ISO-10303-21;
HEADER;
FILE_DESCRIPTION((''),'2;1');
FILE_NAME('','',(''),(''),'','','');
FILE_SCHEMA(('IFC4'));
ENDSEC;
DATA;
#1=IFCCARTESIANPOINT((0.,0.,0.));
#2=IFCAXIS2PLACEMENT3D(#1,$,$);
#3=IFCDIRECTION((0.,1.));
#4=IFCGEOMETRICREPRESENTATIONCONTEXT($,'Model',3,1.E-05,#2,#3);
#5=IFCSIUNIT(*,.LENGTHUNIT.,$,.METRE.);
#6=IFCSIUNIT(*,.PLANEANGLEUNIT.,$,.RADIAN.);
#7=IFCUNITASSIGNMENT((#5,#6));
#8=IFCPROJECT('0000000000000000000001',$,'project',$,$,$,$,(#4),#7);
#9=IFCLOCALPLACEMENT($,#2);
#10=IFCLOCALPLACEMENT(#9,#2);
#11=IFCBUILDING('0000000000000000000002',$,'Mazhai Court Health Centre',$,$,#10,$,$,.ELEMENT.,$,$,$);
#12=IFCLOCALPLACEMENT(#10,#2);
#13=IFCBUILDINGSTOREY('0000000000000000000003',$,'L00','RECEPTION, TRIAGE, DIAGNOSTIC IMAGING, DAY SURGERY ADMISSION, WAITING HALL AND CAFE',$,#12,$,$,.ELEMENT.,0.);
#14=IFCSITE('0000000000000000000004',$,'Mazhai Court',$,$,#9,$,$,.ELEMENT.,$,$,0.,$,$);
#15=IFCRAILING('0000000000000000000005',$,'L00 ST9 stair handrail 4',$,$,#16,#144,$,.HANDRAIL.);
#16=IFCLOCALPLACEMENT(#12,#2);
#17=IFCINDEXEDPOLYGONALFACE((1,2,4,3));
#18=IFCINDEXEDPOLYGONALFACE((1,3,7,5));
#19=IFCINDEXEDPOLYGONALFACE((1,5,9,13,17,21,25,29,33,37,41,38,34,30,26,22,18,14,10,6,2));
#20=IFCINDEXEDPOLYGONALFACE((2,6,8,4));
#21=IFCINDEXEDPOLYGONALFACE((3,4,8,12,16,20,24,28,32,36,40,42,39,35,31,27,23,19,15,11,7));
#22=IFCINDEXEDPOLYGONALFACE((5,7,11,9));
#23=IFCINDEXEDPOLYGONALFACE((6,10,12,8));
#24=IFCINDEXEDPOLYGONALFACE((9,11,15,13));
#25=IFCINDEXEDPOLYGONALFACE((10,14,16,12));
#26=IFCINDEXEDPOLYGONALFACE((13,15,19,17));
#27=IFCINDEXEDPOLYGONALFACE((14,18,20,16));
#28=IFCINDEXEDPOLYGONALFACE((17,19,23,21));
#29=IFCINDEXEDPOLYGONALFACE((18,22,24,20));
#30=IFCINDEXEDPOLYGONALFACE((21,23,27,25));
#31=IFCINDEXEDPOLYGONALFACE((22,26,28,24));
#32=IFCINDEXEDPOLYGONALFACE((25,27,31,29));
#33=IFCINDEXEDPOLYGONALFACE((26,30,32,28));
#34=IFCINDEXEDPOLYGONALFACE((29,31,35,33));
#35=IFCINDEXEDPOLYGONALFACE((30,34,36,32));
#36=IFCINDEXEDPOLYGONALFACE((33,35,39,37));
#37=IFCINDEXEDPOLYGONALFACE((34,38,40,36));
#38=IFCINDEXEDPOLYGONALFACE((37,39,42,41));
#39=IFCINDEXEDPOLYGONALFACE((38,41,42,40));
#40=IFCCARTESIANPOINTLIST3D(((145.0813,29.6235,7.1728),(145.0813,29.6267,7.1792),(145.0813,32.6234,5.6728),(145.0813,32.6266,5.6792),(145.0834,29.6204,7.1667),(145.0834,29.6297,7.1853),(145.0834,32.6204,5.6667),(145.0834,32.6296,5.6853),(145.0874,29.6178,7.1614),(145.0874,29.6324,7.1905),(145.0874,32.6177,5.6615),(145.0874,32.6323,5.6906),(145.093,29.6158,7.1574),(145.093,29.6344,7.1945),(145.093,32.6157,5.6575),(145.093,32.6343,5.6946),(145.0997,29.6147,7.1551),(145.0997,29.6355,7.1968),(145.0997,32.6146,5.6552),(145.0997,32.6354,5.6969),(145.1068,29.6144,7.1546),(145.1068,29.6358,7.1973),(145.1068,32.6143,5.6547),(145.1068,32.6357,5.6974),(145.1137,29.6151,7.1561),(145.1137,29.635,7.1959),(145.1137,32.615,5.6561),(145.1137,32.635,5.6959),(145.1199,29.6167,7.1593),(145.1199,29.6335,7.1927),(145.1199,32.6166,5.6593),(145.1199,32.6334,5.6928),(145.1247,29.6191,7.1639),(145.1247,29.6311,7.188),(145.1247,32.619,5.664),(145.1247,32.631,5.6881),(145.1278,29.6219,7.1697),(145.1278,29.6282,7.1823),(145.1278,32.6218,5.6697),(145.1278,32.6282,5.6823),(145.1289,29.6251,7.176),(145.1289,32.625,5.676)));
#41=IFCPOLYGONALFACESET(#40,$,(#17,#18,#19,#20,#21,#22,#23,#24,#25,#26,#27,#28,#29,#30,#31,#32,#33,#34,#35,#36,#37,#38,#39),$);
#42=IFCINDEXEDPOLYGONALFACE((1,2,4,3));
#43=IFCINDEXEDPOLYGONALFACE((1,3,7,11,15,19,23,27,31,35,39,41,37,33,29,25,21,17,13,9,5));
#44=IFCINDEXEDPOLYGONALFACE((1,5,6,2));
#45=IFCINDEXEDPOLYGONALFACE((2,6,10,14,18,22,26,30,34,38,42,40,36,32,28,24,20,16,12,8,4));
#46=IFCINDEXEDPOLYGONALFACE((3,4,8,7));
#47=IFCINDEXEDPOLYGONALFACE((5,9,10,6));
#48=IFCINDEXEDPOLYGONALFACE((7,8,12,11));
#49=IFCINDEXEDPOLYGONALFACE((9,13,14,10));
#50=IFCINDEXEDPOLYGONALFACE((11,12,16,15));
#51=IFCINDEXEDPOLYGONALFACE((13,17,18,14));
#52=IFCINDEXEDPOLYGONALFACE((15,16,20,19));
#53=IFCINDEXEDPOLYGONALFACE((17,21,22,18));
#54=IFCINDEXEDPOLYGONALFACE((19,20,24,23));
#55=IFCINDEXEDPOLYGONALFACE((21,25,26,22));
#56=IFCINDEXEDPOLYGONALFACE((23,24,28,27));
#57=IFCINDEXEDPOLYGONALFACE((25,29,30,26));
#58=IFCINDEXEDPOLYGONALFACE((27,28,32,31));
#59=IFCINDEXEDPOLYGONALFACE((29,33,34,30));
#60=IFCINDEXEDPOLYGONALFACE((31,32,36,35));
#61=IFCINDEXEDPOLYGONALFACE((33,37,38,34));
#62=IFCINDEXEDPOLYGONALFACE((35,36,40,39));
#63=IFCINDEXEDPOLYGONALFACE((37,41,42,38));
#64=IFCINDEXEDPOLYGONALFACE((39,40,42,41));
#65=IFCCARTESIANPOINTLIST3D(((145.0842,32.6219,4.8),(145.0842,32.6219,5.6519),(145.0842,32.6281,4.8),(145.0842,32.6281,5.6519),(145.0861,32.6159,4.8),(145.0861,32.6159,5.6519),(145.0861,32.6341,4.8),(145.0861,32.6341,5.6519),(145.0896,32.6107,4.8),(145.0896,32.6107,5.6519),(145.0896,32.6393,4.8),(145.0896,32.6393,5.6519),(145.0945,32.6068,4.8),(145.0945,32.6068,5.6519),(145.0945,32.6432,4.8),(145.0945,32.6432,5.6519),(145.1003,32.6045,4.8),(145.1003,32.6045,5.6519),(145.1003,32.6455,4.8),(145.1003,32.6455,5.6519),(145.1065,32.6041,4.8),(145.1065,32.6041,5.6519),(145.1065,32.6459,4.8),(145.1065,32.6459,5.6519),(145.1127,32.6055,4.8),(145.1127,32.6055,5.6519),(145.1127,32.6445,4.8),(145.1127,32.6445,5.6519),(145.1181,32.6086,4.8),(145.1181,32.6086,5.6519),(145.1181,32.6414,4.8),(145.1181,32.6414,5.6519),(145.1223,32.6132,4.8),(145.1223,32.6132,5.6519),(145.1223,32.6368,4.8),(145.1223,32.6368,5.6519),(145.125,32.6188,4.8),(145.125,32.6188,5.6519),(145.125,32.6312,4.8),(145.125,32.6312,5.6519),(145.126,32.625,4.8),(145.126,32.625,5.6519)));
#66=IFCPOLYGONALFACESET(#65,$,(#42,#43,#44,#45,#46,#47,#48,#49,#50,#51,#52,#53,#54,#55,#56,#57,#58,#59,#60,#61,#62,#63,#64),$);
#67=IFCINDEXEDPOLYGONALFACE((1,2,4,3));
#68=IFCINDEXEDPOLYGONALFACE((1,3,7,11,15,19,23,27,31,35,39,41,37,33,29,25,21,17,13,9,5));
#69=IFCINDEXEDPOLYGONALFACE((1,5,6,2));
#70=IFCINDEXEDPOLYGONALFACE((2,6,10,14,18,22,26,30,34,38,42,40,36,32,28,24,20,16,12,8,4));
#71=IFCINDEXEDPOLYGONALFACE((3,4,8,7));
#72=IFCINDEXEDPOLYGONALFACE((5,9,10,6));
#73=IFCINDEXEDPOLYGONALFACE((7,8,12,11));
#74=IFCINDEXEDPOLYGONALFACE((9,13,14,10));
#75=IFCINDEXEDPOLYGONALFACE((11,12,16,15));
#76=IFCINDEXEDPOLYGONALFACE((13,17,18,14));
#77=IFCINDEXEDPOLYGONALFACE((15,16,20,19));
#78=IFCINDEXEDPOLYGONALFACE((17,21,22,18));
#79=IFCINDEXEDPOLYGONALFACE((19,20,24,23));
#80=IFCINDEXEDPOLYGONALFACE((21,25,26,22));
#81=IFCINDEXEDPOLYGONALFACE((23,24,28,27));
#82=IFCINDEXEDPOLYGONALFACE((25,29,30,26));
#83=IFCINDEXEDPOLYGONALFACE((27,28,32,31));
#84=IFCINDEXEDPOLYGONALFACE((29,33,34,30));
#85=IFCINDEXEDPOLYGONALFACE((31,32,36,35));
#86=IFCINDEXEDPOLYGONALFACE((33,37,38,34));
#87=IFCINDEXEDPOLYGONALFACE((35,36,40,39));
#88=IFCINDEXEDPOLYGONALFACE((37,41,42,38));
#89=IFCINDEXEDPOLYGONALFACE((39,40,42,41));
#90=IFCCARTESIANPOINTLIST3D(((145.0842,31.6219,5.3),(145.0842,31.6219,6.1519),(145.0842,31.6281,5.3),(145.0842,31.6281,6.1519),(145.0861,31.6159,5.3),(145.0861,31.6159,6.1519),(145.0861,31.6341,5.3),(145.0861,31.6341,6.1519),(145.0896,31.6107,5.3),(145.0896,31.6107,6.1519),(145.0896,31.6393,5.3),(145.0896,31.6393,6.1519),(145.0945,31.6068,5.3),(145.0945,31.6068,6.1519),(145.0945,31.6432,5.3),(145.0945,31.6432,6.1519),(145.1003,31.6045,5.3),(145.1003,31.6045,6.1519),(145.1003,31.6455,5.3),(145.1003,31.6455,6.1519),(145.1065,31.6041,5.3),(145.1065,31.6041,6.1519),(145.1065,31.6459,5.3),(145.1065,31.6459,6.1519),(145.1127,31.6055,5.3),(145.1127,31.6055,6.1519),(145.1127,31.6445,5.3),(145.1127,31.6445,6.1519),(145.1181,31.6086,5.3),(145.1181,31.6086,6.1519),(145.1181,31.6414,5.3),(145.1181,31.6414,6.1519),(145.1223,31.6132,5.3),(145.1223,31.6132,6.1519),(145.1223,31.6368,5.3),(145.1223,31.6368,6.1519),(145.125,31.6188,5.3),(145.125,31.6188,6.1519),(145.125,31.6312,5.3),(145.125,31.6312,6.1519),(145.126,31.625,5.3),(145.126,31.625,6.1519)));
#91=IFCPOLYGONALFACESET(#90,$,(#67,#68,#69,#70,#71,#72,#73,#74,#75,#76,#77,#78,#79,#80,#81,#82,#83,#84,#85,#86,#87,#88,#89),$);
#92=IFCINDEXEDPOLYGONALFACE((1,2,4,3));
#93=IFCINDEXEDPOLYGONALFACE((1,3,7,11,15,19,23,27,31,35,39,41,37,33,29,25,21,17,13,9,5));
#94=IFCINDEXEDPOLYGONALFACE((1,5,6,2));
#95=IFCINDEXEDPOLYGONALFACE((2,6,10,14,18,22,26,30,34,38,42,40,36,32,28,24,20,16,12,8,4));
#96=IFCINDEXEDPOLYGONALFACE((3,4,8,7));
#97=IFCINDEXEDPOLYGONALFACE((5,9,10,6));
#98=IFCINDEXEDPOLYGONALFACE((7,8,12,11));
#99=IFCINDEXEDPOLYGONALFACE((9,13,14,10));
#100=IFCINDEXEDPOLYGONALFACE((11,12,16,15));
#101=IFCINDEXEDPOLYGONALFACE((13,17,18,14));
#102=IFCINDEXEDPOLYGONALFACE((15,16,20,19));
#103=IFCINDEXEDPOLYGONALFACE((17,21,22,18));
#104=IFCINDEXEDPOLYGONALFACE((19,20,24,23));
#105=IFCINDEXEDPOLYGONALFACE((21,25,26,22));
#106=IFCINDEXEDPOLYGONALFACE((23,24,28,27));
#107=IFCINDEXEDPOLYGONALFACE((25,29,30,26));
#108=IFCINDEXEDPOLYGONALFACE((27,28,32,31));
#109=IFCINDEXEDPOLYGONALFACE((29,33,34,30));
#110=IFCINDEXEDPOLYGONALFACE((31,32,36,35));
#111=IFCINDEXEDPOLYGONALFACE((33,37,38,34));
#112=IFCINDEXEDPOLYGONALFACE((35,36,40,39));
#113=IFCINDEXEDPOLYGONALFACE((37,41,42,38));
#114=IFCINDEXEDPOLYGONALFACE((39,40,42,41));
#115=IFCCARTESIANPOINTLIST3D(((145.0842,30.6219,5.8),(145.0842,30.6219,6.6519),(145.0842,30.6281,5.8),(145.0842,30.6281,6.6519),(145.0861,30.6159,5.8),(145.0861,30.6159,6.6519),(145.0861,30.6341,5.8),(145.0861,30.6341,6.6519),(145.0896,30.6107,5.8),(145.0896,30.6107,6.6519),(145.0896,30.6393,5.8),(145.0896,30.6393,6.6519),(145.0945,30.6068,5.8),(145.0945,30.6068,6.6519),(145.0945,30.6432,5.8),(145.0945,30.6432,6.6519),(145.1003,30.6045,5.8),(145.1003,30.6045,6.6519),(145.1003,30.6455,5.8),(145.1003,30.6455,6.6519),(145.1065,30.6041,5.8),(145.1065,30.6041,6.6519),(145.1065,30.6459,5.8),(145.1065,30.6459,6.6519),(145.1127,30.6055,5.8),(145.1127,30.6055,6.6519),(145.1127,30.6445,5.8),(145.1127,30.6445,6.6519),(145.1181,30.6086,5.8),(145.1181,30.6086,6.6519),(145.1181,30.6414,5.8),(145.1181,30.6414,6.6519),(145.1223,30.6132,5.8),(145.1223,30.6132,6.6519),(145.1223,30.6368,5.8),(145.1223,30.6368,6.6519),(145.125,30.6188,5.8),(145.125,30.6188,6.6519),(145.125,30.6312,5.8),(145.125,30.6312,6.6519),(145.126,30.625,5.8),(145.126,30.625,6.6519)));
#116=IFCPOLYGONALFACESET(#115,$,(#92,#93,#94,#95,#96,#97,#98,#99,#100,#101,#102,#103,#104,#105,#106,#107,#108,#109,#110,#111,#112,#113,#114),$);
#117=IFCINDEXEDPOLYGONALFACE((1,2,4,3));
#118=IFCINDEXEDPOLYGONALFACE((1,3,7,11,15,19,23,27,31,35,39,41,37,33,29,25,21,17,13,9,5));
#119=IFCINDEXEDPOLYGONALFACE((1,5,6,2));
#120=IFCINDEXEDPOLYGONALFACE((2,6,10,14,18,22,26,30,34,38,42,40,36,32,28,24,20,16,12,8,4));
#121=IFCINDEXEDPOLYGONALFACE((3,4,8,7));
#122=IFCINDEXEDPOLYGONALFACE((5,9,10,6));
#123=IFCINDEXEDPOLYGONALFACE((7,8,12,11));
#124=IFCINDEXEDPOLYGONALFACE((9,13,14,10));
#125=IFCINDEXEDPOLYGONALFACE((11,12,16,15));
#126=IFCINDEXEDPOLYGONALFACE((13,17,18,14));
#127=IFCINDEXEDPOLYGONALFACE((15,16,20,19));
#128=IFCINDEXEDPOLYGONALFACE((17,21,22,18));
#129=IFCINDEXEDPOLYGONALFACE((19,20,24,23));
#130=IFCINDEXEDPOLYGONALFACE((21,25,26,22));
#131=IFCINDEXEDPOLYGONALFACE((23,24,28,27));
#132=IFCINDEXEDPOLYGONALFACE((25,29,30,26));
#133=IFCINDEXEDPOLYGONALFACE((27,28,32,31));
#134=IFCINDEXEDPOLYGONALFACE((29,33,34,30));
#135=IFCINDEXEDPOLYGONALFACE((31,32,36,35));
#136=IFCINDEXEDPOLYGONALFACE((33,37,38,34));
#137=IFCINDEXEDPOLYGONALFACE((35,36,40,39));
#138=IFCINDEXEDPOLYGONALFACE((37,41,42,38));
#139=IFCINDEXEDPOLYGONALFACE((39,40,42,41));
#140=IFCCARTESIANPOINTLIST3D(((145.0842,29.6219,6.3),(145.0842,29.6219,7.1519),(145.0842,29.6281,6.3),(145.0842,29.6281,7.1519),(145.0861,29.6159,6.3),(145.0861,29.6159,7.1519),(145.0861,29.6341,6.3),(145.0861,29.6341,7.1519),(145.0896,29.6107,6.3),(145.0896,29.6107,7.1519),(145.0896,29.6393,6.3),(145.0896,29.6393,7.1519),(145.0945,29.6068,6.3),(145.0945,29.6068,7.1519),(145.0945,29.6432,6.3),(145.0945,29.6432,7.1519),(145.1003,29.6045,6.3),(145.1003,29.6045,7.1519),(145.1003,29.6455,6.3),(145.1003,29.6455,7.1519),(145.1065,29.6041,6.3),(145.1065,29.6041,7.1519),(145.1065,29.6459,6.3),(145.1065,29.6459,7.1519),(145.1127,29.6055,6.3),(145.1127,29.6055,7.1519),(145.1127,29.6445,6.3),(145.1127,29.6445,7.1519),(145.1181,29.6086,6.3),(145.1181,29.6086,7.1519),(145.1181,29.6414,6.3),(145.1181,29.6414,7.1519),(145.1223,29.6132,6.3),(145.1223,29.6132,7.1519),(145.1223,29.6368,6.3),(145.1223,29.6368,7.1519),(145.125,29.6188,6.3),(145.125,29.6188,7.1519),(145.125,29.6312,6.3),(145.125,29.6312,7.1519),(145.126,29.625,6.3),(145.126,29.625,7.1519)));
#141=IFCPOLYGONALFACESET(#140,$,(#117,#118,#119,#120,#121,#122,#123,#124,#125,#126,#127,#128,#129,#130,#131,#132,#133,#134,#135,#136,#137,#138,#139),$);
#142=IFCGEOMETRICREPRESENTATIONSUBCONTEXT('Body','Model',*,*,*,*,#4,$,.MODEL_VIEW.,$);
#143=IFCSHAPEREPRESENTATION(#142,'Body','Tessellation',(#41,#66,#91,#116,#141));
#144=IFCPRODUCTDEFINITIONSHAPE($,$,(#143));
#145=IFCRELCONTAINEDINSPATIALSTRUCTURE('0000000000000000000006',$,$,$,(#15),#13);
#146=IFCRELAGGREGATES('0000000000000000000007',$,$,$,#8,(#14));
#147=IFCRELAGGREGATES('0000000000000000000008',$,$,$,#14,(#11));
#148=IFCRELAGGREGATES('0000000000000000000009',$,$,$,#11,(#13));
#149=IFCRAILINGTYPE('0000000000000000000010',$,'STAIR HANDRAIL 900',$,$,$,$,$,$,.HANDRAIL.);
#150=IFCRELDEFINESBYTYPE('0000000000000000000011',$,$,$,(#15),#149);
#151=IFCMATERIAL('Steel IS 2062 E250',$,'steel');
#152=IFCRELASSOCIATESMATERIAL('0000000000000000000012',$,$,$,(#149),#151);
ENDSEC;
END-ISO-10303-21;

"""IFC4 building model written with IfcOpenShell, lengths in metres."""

from ifc_helpers import new_model, si_unit, direction, frame, origin, origin_2d, place, context, subcontext, project, spatial, circle, extrude, material, type_object, element, save


model = new_model("IFC4")

# Units and contexts
model_context = context("Model", 3, precision=1e-05, world=origin(), true_north=direction((0.0, 1.0)))
body_context = subcontext(model_context, "Body", "Model", "MODEL_VIEW")
ifc_project = project(units=[si_unit("LENGTHUNIT", "METRE"), si_unit("PLANEANGLEUNIT", "RADIAN")], contexts=[model_context])

# Site, building, storey
site_placement = place(None, origin())
site = spatial("IfcSite", under=ifc_project, at=site_placement, Name="Mazhai Court", CompositionType="ELEMENT", RefElevation=0.0)
building_placement = place(site_placement, origin())
building = spatial("IfcBuilding", under=site, at=building_placement, Name="Mazhai Court Health Centre", CompositionType="ELEMENT")
storey_placement = place(building_placement, origin())
storey = spatial("IfcBuildingStorey", under=building, at=storey_placement, Name="L00", Description="RECEPTION, TRIAGE, DIAGNOSTIC IMAGING, DAY SURGERY ADMISSION, WAITING HALL AND CAFE", CompositionType="ELEMENT", Elevation=0.0)

# Railing
ifc_material_1 = material(Name="Steel IS 2062 E250", Category="steel")
railing_type_1 = type_object("IfcRailingType", Name="STAIR HANDRAIL 900", PredefinedType="HANDRAIL", material=ifc_material_1)
railing_1_placement = place(storey_placement, frame((145.105, 32.625, 4.8)))
element("IfcRailing", 1, at=railing_1_placement, inside=storey, type_object=railing_type_1, Name="L00 ST9 stair handrail 4", PredefinedType="HANDRAIL", context=body_context, shape_type="SweptSolid", body=[
    extrude(circle(Radius=0.0239, at=origin_2d()), frame((0.0, 0.0, 0.876), z_axis=(0.0, -0.894427, 0.447214), x_axis=(1.0, 0.0, 0.0)), (0.0, 0.0, 1.0), 3.354),
    extrude(circle(Radius=0.021, at=origin_2d()), origin(), (0.0, 0.0, 1.0), 0.8518),
    extrude(circle(Radius=0.021, at=origin_2d()), frame((0.0, -1.0, 0.5)), (0.0, 0.0, 1.0), 0.8518),
    extrude(circle(Radius=0.021, at=origin_2d()), frame((0.0, -2.0, 1.0)), (0.0, 0.0, 1.0), 0.8518),
    extrude(circle(Radius=0.021, at=origin_2d()), frame((0.0, -3.0, 1.5)), (0.0, 0.0, 1.0), 0.8518),
])

save(model, "model.ifc")
